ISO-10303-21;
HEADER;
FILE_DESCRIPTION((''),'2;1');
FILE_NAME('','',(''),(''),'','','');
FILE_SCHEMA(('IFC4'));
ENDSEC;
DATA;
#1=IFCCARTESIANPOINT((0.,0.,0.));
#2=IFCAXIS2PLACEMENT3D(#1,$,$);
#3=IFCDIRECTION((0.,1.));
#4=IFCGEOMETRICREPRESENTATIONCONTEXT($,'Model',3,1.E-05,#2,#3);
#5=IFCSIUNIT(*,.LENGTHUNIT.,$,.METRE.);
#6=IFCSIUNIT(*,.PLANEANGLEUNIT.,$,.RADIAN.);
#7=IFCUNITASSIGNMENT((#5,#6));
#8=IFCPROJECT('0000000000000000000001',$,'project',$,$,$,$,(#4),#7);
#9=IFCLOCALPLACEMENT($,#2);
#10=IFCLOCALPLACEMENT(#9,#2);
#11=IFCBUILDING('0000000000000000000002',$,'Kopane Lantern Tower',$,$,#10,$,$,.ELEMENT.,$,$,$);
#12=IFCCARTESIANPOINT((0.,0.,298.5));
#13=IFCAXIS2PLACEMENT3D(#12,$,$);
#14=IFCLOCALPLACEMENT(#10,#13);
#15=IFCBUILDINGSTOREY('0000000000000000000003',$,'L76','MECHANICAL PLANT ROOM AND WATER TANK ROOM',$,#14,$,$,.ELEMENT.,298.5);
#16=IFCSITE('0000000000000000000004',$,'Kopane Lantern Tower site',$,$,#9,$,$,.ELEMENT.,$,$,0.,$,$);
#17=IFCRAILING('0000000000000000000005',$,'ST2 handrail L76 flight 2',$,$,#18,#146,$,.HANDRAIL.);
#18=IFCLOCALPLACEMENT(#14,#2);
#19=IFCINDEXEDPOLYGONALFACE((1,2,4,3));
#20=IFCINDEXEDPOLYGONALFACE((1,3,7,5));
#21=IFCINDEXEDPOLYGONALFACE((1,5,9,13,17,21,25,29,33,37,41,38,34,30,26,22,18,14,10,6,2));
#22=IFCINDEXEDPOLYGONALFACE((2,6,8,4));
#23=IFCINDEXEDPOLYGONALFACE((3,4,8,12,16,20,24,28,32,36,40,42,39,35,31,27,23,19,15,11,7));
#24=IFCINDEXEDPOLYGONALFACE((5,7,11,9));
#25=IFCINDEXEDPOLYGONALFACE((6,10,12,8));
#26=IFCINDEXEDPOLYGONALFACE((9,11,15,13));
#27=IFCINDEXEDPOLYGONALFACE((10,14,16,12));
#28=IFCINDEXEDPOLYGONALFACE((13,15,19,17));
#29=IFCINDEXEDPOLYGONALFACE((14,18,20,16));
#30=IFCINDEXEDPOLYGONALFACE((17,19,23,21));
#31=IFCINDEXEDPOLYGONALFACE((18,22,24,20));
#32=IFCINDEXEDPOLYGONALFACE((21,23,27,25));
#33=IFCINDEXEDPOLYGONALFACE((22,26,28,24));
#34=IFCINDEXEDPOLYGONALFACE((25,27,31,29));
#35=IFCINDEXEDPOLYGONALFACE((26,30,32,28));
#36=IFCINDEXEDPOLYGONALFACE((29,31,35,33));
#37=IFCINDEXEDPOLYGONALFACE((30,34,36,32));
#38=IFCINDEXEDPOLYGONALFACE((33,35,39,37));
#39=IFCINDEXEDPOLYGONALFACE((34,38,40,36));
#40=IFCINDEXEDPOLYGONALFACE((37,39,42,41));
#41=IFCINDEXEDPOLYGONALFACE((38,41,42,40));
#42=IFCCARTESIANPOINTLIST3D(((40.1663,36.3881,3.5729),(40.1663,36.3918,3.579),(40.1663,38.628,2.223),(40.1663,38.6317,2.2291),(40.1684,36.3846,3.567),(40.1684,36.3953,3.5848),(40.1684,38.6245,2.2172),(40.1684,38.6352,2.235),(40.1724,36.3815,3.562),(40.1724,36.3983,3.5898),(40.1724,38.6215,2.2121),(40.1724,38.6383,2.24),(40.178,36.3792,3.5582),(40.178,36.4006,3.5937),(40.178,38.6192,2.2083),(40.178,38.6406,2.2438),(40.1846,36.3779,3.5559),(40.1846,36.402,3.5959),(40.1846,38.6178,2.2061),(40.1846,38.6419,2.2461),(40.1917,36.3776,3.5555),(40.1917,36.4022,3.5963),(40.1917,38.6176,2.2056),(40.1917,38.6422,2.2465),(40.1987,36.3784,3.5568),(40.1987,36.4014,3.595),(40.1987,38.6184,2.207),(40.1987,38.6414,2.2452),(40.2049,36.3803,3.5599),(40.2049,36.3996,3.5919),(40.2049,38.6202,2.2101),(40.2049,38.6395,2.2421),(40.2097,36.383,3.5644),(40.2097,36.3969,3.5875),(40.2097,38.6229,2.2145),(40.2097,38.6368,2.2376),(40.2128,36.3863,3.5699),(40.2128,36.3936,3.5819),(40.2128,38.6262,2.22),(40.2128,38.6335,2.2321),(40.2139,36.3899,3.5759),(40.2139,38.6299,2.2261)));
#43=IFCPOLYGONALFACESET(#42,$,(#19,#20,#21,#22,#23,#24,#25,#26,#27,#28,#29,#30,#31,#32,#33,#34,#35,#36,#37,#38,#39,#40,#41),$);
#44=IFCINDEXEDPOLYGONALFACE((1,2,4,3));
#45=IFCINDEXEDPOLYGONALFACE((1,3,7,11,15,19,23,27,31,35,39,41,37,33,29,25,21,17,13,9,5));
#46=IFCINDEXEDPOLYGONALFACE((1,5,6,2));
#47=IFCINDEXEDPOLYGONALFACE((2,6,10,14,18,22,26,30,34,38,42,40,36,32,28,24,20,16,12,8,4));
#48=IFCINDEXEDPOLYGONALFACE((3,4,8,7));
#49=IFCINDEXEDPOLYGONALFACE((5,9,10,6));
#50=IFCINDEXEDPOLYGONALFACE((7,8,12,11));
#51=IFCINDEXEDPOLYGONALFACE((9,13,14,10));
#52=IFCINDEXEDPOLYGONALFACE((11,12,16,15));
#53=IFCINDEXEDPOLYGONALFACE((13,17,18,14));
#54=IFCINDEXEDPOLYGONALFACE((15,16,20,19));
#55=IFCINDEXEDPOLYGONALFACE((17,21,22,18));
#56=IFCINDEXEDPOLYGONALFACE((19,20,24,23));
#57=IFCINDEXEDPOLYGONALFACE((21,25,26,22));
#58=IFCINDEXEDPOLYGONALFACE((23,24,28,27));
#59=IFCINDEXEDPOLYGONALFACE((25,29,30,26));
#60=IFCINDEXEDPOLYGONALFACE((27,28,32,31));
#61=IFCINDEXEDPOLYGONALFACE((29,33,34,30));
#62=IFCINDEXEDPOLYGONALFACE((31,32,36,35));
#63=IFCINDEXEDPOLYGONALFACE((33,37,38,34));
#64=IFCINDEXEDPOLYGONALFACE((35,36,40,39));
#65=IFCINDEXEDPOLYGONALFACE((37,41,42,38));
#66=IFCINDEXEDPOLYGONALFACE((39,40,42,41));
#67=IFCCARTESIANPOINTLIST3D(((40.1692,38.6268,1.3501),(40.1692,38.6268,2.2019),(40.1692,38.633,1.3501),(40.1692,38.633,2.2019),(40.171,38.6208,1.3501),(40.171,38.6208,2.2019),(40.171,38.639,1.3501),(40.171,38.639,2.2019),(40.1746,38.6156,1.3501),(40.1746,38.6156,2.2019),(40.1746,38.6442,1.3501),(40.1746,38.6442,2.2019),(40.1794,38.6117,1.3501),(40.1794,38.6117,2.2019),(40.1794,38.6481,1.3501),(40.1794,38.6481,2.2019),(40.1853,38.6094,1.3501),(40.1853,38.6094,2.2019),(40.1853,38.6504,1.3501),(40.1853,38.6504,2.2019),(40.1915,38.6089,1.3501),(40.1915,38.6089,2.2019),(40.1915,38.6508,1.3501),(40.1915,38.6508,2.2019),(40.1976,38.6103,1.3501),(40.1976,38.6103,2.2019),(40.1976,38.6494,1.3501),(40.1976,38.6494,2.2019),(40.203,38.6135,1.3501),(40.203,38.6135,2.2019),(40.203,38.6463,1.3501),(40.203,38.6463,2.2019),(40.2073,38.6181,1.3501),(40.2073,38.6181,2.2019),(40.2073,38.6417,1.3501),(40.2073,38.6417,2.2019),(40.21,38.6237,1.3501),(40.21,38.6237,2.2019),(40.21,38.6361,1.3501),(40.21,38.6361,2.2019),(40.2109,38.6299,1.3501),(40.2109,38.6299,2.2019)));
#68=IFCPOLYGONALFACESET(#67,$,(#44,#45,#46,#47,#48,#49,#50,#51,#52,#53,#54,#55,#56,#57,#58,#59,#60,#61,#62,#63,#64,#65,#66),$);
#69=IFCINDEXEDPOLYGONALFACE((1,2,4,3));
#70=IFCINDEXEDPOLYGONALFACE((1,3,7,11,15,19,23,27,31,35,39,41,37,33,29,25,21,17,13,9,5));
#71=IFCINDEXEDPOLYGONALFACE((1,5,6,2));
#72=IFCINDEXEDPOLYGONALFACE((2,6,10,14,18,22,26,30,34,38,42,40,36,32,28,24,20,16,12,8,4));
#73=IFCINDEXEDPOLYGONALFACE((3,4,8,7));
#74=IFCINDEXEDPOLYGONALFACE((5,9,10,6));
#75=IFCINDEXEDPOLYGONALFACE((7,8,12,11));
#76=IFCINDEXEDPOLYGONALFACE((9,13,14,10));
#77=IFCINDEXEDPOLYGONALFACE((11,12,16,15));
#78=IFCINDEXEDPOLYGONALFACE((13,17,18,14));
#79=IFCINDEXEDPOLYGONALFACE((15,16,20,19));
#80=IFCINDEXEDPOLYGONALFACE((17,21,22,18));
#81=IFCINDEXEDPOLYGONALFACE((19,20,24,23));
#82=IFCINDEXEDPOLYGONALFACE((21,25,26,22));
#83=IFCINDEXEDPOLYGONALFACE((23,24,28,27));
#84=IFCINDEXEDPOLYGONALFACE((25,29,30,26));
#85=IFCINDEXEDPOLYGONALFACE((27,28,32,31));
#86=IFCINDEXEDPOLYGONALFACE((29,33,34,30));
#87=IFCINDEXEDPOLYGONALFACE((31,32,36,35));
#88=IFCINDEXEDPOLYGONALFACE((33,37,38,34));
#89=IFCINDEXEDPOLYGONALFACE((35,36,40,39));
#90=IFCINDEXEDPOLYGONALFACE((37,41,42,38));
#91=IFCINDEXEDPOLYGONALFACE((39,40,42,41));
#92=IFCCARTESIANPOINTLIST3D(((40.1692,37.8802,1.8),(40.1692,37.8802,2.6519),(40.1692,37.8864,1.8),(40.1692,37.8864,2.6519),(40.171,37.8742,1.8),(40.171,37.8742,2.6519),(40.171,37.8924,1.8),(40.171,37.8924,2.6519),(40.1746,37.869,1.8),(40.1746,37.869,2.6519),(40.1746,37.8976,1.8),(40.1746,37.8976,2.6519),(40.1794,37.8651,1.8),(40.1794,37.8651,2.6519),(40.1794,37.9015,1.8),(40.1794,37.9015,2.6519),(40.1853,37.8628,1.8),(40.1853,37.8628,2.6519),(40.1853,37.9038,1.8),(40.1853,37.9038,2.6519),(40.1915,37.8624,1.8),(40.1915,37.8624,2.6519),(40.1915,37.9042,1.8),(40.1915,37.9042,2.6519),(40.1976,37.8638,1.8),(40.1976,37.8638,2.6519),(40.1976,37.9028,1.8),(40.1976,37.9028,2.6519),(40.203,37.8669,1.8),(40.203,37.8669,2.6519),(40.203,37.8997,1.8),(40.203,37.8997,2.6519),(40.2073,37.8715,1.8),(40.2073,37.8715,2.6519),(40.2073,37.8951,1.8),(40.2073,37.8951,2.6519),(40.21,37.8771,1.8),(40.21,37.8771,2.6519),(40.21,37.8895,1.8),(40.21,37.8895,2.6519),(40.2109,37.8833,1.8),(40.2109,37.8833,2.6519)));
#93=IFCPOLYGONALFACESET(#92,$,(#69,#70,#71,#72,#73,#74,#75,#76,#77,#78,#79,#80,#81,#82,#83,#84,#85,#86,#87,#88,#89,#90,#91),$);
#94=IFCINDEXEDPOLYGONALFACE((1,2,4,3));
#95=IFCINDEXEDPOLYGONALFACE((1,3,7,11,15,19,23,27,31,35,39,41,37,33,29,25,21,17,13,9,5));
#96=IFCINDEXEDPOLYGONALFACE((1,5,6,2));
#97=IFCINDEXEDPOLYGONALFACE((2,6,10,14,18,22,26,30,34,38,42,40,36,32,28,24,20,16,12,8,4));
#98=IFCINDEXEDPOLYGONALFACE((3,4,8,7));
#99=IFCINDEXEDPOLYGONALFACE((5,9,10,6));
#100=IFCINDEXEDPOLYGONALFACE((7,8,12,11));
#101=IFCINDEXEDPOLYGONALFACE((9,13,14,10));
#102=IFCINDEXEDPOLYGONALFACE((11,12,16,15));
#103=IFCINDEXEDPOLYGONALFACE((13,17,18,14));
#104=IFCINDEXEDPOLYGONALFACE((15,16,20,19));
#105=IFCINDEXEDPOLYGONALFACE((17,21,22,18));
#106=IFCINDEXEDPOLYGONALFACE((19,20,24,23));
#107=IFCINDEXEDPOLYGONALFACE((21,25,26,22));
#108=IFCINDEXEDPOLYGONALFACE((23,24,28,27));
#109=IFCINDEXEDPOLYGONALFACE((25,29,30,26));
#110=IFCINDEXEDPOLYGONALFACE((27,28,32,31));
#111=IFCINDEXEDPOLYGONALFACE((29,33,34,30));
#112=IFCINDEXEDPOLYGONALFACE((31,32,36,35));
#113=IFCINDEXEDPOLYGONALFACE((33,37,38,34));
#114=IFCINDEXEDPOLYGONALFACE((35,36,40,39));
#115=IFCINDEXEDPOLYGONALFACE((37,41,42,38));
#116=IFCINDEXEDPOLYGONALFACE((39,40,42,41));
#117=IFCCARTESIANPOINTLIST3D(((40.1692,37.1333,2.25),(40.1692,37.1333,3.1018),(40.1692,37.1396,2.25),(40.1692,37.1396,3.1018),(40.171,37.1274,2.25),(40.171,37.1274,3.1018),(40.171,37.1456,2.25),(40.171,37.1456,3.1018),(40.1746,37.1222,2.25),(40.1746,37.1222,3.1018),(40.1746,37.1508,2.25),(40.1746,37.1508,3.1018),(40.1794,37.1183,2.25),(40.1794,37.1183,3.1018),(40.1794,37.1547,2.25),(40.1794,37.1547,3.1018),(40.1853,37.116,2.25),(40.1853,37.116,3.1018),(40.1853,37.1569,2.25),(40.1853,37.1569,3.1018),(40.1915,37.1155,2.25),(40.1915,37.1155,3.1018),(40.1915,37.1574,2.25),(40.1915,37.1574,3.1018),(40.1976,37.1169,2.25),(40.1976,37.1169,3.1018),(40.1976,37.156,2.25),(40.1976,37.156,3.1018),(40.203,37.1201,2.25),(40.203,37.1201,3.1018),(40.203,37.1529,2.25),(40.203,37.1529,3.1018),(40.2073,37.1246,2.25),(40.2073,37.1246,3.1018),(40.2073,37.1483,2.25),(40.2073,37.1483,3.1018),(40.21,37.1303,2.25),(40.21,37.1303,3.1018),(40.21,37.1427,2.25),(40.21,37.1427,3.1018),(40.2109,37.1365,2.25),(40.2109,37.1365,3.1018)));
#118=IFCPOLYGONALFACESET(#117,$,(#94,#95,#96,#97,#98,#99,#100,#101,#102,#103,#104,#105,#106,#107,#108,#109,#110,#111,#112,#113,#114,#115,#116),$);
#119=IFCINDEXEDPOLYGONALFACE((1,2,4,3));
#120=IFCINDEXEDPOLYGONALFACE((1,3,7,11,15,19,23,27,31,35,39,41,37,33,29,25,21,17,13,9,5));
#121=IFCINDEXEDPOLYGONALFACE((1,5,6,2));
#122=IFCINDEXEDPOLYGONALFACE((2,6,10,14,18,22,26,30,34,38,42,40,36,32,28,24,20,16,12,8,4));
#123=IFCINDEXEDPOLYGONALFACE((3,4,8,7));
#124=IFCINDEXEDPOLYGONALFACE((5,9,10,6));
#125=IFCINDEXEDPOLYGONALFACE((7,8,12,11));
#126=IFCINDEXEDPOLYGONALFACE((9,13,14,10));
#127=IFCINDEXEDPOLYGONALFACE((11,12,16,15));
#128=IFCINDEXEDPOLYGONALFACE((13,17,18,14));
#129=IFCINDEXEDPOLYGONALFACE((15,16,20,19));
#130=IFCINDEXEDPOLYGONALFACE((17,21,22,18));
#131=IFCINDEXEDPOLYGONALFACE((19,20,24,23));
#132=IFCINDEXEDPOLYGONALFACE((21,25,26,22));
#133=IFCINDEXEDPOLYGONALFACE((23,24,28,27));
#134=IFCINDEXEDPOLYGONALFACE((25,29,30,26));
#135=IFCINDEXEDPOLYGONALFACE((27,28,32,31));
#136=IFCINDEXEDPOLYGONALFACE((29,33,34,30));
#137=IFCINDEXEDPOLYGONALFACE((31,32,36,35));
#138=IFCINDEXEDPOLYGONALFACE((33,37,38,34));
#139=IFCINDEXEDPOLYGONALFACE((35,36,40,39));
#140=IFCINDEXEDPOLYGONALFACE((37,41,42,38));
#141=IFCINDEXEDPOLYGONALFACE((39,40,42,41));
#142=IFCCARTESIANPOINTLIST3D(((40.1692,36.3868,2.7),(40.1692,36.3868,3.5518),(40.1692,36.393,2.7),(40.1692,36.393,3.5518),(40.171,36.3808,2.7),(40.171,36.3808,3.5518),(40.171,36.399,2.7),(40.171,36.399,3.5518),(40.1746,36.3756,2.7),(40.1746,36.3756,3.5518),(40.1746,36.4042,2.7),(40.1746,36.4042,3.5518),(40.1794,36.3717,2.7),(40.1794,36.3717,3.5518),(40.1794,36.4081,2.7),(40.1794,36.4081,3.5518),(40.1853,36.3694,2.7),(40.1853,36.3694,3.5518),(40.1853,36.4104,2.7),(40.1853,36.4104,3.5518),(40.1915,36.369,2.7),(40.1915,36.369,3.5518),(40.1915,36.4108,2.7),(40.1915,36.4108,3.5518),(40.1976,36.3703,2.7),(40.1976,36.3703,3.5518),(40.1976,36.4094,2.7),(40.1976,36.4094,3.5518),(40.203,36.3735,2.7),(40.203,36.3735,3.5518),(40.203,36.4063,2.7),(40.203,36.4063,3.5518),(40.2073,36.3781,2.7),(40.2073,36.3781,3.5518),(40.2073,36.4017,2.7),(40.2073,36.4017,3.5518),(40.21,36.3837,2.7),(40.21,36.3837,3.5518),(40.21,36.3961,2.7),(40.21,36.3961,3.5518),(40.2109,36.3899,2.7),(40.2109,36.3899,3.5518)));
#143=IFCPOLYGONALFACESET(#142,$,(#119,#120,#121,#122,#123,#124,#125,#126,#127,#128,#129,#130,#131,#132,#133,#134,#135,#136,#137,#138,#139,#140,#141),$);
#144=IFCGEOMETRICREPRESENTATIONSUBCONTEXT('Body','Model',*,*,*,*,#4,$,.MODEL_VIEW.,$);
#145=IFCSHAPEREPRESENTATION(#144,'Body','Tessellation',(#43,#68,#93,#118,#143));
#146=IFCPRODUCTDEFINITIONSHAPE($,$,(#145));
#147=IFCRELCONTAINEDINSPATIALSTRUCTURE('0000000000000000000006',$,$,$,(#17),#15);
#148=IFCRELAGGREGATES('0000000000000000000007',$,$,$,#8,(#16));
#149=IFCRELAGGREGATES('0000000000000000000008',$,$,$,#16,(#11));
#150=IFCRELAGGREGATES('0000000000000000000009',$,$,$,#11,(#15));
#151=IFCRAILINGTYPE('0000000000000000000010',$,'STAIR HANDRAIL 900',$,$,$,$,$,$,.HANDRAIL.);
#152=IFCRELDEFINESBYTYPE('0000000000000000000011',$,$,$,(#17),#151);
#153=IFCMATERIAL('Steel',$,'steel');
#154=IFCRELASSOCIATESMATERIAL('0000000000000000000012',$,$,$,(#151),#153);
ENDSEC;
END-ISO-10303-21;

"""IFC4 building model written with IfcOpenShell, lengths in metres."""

from ifc_helpers import new_model, si_unit, direction, frame, origin, origin_2d, place, context, subcontext, project, spatial, circle, extrude, material, type_object, element, save


model = new_model("IFC4")

# Units and contexts
model_context = context("Model", 3, precision=1e-05, world=origin(), true_north=direction((0.0, 1.0)))
body_context = subcontext(model_context, "Body", "Model", "MODEL_VIEW")
ifc_project = project(units=[si_unit("LENGTHUNIT", "METRE"), si_unit("PLANEANGLEUNIT", "RADIAN")], contexts=[model_context])

# Site, building, storey
site_placement = place(None, origin())
site = spatial("IfcSite", under=ifc_project, at=site_placement, Name="Kopane Lantern Tower site", CompositionType="ELEMENT", RefElevation=0.0)
building_placement = place(site_placement, origin())
building = spatial("IfcBuilding", under=site, at=building_placement, Name="Kopane Lantern Tower", CompositionType="ELEMENT")
storey_placement = place(building_placement, frame((0.0, 0.0, 298.5)))
storey = spatial("IfcBuildingStorey", under=building, at=storey_placement, Name="L76", Description="MECHANICAL PLANT ROOM AND WATER TANK ROOM", CompositionType="ELEMENT", Elevation=298.5)

# Railing
ifc_material_1 = material(Name="Steel", Category="steel")
railing_type_1 = type_object("IfcRailingType", Name="STAIR HANDRAIL 900", PredefinedType="HANDRAIL", material=ifc_material_1)
for number, where, name in (
    (1, (40.1899, 38.6299, 1.3501), "ST2 handrail L76 flight 2"),
):
    element("IfcRailing", number, at=place(storey_placement, frame(where)), inside=storey, type_object=railing_type_1, Name=name, PredefinedType="HANDRAIL", context=body_context, shape_type="SweptSolid", body=[
        extrude(circle(Radius=0.0239, at=origin_2d()), frame((0.0, 0.0, 0.876), z_axis=(0.0, -0.856503, 0.516142), x_axis=(1.0, 0.0, 0.0)), (0.0, 0.0, 1.0), 2.6152),
        extrude(circle(Radius=0.021, at=origin_2d()), origin(), (0.0, 0.0, 1.0), 0.8518),
        extrude(circle(Radius=0.021, at=origin_2d()), frame((0.0, -0.7466, 0.45)), (0.0, 0.0, 1.0), 0.8518),
        extrude(circle(Radius=0.021, at=origin_2d()), frame((0.0, -1.4934, 0.8999)), (0.0, 0.0, 1.0), 0.8518),
        extrude(circle(Radius=0.021, at=origin_2d()), frame((0.0, -2.24, 1.3499)), (0.0, 0.0, 1.0), 0.8518),
    ])

save(model, "model.ifc")
